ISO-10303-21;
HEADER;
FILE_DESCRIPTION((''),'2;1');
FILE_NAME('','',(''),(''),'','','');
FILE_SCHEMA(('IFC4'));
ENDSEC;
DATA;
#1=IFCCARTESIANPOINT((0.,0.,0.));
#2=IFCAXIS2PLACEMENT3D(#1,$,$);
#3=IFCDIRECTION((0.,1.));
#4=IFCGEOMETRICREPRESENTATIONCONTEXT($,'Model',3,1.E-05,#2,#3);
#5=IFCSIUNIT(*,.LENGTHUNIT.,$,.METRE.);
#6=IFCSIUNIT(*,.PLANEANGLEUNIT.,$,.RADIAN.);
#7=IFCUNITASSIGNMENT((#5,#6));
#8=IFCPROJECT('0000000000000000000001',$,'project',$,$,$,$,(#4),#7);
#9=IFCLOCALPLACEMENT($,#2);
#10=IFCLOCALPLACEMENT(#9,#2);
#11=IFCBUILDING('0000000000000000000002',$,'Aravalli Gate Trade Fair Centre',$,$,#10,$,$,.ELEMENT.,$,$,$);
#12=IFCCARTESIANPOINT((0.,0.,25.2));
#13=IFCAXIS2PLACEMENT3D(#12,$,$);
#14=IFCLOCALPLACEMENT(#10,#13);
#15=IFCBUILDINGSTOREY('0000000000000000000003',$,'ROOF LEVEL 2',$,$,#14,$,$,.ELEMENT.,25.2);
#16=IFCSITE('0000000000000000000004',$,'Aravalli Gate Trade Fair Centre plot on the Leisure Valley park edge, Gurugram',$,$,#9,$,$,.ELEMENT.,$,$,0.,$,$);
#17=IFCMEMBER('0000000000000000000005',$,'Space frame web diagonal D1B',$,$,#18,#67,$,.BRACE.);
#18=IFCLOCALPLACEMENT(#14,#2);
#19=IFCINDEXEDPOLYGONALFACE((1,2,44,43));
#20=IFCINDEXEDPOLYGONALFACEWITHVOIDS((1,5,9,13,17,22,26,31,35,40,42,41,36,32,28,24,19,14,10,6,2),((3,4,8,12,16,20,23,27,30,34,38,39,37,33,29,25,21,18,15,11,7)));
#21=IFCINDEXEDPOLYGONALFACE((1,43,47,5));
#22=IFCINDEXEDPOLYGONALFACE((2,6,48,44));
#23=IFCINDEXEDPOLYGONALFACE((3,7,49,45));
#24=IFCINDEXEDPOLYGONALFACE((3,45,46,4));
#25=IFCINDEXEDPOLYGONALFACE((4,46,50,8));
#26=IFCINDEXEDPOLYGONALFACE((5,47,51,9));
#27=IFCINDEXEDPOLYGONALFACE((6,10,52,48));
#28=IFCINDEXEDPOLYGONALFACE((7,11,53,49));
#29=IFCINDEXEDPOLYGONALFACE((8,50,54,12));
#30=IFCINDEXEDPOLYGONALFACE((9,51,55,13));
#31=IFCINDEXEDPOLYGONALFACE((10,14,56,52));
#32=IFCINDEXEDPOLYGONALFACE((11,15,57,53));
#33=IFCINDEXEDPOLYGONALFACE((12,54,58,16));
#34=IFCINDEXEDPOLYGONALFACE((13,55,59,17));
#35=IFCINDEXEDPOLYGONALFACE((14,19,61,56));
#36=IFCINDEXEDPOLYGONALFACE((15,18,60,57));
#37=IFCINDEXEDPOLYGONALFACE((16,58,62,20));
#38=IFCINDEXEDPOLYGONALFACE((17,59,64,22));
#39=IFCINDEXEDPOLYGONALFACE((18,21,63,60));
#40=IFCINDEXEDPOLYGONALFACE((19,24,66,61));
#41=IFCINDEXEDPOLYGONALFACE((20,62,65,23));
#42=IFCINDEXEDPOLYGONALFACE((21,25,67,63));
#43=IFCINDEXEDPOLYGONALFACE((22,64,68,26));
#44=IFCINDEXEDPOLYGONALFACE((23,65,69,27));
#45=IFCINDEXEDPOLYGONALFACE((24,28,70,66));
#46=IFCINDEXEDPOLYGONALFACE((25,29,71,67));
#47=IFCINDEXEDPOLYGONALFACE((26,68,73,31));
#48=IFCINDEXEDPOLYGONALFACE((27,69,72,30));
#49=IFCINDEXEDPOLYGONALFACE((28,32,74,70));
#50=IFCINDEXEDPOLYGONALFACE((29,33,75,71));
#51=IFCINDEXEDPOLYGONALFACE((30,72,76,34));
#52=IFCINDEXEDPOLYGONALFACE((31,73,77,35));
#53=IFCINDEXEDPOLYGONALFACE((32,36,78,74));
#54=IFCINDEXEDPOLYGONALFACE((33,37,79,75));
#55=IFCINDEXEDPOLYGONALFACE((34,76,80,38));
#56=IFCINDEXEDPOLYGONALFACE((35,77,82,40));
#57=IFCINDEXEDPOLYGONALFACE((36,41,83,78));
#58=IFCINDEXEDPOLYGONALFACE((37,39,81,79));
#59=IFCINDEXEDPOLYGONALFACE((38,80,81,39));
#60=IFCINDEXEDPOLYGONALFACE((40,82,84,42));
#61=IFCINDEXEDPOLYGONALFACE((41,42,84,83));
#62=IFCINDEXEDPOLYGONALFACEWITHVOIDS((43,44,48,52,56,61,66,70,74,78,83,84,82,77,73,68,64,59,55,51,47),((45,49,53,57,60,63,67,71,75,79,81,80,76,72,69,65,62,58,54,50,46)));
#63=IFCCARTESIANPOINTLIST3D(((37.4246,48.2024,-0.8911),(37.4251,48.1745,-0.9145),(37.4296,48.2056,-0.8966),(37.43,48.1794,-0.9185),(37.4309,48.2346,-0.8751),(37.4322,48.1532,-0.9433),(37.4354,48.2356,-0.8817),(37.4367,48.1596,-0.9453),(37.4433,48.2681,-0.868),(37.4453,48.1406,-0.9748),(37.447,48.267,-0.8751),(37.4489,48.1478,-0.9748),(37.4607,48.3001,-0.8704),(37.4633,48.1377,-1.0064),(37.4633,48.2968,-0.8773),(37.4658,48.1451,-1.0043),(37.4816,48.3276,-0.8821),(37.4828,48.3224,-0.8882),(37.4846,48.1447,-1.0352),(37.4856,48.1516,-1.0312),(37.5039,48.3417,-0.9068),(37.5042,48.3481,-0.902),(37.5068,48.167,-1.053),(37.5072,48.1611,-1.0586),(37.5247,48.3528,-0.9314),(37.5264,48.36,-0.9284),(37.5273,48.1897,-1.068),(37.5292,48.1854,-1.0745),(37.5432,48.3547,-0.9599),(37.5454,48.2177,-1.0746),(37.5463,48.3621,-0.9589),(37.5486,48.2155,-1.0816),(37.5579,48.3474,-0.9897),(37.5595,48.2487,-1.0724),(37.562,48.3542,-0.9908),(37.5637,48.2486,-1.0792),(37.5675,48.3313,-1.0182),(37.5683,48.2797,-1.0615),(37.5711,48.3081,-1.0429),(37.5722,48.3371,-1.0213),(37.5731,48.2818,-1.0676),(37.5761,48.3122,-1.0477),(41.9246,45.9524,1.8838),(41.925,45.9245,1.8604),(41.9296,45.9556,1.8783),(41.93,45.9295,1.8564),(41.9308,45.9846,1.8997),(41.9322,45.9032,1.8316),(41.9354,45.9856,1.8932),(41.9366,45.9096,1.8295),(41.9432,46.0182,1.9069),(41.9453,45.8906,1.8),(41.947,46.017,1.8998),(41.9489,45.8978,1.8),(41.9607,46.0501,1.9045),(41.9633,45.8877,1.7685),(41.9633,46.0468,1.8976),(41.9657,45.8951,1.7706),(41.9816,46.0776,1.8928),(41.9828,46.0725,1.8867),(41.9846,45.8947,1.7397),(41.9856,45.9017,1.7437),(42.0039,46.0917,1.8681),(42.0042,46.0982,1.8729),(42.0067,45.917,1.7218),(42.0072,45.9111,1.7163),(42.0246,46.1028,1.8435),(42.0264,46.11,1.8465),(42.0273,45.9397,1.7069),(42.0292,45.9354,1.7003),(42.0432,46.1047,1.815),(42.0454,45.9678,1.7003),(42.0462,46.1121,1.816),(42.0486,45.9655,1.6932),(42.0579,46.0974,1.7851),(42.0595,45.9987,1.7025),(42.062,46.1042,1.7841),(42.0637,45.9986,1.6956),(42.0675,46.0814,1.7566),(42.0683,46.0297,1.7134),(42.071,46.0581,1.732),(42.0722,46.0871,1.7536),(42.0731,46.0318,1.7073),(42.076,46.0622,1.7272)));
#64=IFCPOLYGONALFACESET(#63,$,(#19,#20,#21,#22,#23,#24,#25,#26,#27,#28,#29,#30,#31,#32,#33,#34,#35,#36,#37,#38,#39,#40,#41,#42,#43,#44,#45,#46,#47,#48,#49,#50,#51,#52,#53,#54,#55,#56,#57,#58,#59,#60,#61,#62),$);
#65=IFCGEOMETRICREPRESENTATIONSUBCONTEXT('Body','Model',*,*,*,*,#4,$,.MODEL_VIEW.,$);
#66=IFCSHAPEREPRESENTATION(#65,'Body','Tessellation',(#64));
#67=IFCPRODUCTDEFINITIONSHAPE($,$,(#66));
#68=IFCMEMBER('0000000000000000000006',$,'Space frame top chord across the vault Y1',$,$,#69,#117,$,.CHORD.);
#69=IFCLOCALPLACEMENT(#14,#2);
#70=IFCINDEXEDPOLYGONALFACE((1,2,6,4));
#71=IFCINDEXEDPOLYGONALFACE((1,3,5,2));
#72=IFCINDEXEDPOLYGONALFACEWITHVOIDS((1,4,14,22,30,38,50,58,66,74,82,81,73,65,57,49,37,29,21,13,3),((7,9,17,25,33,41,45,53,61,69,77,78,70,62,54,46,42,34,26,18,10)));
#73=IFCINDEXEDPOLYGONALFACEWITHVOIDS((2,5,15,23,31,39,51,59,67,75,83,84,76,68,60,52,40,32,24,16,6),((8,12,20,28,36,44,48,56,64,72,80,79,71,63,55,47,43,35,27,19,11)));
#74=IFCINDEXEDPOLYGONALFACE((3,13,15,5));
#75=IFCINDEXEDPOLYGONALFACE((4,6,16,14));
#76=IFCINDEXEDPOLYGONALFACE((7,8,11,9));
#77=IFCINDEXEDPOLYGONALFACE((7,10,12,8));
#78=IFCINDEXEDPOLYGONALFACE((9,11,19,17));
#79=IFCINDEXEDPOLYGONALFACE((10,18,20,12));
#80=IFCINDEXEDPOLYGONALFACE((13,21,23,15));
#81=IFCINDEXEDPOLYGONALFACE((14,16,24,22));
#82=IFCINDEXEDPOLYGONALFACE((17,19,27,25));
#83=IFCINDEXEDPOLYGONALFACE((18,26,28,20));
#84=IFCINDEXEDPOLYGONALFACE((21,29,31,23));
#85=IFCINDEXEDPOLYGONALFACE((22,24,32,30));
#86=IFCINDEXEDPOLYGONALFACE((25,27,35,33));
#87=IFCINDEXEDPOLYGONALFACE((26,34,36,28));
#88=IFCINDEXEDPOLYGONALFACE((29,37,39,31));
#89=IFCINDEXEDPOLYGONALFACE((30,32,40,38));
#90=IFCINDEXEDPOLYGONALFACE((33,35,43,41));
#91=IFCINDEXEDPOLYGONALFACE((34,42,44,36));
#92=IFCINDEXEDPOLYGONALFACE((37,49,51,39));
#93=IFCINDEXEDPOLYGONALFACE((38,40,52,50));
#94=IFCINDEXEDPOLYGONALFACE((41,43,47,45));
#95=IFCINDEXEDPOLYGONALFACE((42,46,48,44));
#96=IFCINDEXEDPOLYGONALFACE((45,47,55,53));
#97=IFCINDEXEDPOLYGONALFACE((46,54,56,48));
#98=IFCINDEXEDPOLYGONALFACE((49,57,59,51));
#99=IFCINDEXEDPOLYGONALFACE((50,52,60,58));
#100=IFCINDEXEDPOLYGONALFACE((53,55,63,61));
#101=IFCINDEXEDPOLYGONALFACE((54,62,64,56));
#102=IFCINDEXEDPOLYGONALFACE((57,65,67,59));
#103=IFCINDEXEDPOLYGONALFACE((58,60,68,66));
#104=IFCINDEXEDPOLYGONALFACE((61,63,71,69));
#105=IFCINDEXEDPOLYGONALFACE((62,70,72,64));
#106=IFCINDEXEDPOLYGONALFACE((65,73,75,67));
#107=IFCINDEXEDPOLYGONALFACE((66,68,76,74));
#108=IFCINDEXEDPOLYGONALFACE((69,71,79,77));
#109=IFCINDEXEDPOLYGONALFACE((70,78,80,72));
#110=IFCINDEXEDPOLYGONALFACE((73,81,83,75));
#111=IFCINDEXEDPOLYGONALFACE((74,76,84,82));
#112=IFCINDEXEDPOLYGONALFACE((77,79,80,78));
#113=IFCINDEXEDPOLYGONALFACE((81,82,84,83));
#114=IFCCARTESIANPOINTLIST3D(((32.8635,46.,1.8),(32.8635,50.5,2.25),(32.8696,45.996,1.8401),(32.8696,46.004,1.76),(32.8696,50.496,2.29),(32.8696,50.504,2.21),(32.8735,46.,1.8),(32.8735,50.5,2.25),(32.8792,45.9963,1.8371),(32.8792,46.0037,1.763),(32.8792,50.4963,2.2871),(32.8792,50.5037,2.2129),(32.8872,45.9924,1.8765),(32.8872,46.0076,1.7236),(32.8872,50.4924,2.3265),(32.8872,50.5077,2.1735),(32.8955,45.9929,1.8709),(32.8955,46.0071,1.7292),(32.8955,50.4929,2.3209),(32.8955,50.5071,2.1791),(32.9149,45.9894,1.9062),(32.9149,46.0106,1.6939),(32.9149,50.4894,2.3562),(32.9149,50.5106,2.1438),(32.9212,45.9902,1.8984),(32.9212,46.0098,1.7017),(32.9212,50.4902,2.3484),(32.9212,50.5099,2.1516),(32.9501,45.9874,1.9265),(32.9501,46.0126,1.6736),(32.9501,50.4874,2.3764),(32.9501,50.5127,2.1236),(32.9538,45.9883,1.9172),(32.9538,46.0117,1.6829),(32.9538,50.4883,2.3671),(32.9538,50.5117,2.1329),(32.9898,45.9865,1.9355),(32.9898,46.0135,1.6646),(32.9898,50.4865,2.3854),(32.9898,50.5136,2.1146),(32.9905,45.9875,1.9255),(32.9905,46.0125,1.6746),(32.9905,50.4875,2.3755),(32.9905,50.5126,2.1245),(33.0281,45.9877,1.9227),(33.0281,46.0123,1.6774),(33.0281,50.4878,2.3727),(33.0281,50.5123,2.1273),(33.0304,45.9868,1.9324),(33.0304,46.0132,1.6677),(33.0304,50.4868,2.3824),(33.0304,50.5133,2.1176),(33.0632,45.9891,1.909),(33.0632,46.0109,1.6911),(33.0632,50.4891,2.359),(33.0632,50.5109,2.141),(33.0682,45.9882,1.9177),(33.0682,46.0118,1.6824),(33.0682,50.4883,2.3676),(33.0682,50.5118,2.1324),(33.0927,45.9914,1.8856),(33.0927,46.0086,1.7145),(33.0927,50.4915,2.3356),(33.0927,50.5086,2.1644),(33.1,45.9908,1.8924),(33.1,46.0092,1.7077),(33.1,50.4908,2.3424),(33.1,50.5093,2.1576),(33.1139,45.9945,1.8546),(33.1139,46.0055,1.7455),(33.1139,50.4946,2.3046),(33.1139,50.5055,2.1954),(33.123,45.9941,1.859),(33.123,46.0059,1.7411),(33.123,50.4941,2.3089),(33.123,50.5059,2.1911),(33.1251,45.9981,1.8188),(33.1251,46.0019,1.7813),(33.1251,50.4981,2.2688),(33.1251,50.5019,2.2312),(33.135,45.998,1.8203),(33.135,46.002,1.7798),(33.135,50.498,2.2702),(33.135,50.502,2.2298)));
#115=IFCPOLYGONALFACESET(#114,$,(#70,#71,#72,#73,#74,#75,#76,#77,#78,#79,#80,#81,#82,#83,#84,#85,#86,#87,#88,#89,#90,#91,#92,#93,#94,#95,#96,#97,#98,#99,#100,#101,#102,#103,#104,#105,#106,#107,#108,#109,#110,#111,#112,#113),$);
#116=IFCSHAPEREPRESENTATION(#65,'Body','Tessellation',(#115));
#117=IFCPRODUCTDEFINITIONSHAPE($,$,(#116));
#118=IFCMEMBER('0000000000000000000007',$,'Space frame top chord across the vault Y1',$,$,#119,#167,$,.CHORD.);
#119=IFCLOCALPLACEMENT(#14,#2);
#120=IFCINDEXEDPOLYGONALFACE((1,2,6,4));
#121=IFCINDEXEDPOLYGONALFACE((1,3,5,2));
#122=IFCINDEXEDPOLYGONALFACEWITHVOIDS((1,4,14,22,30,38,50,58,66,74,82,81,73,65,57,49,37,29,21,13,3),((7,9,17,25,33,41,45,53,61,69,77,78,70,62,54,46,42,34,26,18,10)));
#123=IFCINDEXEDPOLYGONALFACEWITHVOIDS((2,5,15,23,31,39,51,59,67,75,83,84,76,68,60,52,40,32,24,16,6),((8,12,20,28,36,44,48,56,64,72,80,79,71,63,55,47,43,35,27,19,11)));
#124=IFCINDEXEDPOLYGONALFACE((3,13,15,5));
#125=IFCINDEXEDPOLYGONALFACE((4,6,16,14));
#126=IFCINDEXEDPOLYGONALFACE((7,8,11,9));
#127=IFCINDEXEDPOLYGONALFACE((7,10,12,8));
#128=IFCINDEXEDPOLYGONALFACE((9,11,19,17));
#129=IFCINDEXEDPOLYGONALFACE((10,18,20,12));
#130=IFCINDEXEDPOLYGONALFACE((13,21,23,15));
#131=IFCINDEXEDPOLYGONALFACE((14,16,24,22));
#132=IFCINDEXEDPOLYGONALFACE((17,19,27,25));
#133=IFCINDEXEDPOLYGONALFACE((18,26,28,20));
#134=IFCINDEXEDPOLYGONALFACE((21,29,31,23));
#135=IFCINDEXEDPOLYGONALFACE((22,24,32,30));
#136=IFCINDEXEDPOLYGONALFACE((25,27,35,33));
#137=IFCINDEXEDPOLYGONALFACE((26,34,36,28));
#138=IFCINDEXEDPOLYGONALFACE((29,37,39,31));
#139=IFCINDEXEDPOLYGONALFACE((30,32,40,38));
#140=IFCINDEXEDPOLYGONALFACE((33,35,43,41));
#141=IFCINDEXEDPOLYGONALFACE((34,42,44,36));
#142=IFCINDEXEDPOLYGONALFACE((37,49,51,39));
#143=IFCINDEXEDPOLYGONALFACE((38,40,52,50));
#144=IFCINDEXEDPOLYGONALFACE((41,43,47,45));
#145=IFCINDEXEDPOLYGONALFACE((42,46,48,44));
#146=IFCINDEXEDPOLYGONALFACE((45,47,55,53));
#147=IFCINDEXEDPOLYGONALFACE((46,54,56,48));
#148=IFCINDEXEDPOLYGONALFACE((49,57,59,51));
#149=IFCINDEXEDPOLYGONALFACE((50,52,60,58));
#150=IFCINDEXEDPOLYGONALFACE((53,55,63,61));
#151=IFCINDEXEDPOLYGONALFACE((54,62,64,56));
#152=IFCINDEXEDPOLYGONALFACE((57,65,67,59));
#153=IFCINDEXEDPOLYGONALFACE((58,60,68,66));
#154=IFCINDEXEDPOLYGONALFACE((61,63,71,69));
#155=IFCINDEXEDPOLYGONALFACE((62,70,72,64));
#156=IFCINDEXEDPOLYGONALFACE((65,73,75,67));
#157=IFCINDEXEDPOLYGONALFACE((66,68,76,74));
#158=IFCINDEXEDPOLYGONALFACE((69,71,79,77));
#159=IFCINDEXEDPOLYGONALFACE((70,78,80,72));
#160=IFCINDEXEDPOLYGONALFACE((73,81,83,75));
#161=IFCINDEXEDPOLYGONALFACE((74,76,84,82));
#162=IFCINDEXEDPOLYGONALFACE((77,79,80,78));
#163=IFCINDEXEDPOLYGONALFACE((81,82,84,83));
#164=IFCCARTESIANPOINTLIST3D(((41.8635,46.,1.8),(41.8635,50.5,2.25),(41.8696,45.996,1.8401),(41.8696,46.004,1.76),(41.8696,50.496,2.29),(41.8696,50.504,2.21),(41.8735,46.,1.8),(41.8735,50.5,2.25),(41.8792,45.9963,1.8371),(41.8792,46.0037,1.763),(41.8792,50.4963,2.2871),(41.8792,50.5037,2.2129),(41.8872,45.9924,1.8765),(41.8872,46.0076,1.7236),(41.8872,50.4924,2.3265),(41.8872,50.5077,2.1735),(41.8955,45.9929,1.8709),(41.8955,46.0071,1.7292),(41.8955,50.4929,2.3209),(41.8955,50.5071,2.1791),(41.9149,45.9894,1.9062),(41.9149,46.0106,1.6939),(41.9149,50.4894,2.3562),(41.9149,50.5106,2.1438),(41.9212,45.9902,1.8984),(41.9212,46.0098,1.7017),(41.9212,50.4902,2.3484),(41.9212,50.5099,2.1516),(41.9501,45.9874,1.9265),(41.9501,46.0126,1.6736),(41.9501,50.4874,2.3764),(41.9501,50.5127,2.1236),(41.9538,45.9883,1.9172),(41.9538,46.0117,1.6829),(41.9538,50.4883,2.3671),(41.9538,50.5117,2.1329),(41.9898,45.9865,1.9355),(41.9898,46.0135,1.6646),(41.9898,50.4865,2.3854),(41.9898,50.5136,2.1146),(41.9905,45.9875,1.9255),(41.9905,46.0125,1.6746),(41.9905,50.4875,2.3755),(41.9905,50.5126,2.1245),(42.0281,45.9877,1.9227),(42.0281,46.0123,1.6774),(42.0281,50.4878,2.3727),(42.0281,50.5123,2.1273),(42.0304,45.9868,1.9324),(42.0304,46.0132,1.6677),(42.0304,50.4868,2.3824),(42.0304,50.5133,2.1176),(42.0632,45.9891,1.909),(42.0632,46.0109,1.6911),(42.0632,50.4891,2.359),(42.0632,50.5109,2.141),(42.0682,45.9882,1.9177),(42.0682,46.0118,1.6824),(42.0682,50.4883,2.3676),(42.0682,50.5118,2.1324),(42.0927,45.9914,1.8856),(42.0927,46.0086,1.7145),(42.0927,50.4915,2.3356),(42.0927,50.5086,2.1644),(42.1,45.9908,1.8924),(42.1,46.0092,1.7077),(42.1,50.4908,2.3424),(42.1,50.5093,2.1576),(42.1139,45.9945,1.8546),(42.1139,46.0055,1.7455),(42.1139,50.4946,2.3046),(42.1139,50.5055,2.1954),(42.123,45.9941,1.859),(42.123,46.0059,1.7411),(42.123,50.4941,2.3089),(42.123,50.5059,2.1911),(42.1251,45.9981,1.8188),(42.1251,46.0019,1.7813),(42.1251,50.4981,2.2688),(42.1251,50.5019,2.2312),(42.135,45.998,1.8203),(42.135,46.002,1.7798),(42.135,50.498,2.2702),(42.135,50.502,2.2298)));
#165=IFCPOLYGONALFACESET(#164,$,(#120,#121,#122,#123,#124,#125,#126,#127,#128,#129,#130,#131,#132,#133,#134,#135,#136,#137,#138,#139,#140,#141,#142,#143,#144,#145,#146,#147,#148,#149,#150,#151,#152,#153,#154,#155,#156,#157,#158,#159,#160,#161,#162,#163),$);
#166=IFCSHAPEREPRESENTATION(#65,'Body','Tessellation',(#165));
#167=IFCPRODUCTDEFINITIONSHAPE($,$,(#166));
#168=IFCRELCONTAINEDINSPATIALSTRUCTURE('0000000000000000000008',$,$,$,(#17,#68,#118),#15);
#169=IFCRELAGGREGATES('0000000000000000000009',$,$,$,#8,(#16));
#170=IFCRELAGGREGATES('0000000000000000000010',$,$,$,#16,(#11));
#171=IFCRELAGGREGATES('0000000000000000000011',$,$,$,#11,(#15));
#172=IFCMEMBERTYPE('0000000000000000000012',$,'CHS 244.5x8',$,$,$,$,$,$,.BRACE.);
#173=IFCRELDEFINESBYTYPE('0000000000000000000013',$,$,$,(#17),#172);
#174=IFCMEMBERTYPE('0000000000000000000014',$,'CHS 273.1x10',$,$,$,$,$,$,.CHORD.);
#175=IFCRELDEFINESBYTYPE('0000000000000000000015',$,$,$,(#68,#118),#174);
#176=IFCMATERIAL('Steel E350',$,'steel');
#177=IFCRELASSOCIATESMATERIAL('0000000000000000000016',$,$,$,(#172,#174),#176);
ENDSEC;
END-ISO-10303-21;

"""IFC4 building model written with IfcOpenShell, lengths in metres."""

from ifc_helpers import new_model, si_unit, direction, frame, origin, origin_2d, place, context, subcontext, project, spatial, hollow_circle, extrude, material, material_profile, profile_set, type_object, element, save


model = new_model("IFC4")

# Units and contexts
model_context = context("Model", 3, precision=1e-05, world=origin(), true_north=direction((0.0, 1.0)))
body_context = subcontext(model_context, "Body", "Model", "MODEL_VIEW")
ifc_project = project(units=[si_unit("LENGTHUNIT", "METRE"), si_unit("PLANEANGLEUNIT", "RADIAN")], contexts=[model_context])

# Site, building, storey
site_placement = place(None, origin())
site = spatial("IfcSite", under=ifc_project, at=site_placement, Name="Aravalli Gate Trade Fair Centre plot on the Leisure Valley park edge, Gurugram", CompositionType="ELEMENT", RefElevation=0.0)
building_placement = place(site_placement, origin())
building = spatial("IfcBuilding", under=site, at=building_placement, Name="Aravalli Gate Trade Fair Centre", CompositionType="ELEMENT")
storey_placement = place(building_placement, frame((0.0, 0.0, 25.2)))
storey = spatial("IfcBuildingStorey", under=building, at=storey_placement, Name="ROOF LEVEL 2", CompositionType="ELEMENT", Elevation=25.2)

# Members
ifc_material_1 = material(Name="Steel E350", Category="steel")
ifc_material_profile_1 = material_profile(ifc_material_1, hollow_circle(Radius=0.1223, WallThickness=0.0081, at=origin_2d()), Name="CHS 244.5x8")
ifc_profile_set_1 = profile_set([ifc_material_profile_1], Name="Steel E350")
member_type_1 = type_object("IfcMemberType", Name="CHS 244.5x8", PredefinedType="BRACE", material=ifc_profile_set_1)
for number, where, z_axis, x_axis, name in (
    (1, (42.0, 46.0, 1.8), (-0.7832, 0.3916, -0.482956), (-0.447214, -0.894427, 0.0), "Space frame web diagonal D1B"),
):
    element("IfcMember", number, at=place(storey_placement, frame(where, z_axis=z_axis, x_axis=x_axis)), inside=storey, type_object=member_type_1, Name=name, PredefinedType="BRACE", context=body_context, shape_type="SweptSolid", body=[
        extrude(hollow_circle(Radius=0.1223, WallThickness=0.0081, at=origin_2d()), origin(), (0.0, 0.0, 1.0), 5.7456),
    ])
ifc_material_profile_2 = material_profile(ifc_material_1, hollow_circle(Radius=0.1365, WallThickness=0.01, at=origin_2d()), Name="CHS 273.1x10")
ifc_profile_set_2 = profile_set([ifc_material_profile_2], Name="Steel E350")
member_type_2 = type_object("IfcMemberType", Name="CHS 273.1x10", PredefinedType="CHORD", material=ifc_profile_set_2)
for number, where, z_axis, x_axis, name in (
    (2, (33.0, 46.0, 1.8), (0.0, 0.995038, 0.099493), (-1.0, 0.0, 0.0), "Space frame top chord across the vault Y1"),
    (3, (42.0, 46.0, 1.8), (0.0, 0.995038, 0.099493), (-1.0, 0.0, 0.0), "Space frame top chord across the vault Y1"),
):
    element("IfcMember", number, at=place(storey_placement, frame(where, z_axis=z_axis, x_axis=x_axis)), inside=storey, type_object=member_type_2, Name=name, PredefinedType="CHORD", context=body_context, shape_type="SweptSolid", body=[
        extrude(hollow_circle(Radius=0.1365, WallThickness=0.01, at=origin_2d()), origin(), (0.0, 0.0, 1.0), 4.5225),
    ])

save(model, "model.ifc")
